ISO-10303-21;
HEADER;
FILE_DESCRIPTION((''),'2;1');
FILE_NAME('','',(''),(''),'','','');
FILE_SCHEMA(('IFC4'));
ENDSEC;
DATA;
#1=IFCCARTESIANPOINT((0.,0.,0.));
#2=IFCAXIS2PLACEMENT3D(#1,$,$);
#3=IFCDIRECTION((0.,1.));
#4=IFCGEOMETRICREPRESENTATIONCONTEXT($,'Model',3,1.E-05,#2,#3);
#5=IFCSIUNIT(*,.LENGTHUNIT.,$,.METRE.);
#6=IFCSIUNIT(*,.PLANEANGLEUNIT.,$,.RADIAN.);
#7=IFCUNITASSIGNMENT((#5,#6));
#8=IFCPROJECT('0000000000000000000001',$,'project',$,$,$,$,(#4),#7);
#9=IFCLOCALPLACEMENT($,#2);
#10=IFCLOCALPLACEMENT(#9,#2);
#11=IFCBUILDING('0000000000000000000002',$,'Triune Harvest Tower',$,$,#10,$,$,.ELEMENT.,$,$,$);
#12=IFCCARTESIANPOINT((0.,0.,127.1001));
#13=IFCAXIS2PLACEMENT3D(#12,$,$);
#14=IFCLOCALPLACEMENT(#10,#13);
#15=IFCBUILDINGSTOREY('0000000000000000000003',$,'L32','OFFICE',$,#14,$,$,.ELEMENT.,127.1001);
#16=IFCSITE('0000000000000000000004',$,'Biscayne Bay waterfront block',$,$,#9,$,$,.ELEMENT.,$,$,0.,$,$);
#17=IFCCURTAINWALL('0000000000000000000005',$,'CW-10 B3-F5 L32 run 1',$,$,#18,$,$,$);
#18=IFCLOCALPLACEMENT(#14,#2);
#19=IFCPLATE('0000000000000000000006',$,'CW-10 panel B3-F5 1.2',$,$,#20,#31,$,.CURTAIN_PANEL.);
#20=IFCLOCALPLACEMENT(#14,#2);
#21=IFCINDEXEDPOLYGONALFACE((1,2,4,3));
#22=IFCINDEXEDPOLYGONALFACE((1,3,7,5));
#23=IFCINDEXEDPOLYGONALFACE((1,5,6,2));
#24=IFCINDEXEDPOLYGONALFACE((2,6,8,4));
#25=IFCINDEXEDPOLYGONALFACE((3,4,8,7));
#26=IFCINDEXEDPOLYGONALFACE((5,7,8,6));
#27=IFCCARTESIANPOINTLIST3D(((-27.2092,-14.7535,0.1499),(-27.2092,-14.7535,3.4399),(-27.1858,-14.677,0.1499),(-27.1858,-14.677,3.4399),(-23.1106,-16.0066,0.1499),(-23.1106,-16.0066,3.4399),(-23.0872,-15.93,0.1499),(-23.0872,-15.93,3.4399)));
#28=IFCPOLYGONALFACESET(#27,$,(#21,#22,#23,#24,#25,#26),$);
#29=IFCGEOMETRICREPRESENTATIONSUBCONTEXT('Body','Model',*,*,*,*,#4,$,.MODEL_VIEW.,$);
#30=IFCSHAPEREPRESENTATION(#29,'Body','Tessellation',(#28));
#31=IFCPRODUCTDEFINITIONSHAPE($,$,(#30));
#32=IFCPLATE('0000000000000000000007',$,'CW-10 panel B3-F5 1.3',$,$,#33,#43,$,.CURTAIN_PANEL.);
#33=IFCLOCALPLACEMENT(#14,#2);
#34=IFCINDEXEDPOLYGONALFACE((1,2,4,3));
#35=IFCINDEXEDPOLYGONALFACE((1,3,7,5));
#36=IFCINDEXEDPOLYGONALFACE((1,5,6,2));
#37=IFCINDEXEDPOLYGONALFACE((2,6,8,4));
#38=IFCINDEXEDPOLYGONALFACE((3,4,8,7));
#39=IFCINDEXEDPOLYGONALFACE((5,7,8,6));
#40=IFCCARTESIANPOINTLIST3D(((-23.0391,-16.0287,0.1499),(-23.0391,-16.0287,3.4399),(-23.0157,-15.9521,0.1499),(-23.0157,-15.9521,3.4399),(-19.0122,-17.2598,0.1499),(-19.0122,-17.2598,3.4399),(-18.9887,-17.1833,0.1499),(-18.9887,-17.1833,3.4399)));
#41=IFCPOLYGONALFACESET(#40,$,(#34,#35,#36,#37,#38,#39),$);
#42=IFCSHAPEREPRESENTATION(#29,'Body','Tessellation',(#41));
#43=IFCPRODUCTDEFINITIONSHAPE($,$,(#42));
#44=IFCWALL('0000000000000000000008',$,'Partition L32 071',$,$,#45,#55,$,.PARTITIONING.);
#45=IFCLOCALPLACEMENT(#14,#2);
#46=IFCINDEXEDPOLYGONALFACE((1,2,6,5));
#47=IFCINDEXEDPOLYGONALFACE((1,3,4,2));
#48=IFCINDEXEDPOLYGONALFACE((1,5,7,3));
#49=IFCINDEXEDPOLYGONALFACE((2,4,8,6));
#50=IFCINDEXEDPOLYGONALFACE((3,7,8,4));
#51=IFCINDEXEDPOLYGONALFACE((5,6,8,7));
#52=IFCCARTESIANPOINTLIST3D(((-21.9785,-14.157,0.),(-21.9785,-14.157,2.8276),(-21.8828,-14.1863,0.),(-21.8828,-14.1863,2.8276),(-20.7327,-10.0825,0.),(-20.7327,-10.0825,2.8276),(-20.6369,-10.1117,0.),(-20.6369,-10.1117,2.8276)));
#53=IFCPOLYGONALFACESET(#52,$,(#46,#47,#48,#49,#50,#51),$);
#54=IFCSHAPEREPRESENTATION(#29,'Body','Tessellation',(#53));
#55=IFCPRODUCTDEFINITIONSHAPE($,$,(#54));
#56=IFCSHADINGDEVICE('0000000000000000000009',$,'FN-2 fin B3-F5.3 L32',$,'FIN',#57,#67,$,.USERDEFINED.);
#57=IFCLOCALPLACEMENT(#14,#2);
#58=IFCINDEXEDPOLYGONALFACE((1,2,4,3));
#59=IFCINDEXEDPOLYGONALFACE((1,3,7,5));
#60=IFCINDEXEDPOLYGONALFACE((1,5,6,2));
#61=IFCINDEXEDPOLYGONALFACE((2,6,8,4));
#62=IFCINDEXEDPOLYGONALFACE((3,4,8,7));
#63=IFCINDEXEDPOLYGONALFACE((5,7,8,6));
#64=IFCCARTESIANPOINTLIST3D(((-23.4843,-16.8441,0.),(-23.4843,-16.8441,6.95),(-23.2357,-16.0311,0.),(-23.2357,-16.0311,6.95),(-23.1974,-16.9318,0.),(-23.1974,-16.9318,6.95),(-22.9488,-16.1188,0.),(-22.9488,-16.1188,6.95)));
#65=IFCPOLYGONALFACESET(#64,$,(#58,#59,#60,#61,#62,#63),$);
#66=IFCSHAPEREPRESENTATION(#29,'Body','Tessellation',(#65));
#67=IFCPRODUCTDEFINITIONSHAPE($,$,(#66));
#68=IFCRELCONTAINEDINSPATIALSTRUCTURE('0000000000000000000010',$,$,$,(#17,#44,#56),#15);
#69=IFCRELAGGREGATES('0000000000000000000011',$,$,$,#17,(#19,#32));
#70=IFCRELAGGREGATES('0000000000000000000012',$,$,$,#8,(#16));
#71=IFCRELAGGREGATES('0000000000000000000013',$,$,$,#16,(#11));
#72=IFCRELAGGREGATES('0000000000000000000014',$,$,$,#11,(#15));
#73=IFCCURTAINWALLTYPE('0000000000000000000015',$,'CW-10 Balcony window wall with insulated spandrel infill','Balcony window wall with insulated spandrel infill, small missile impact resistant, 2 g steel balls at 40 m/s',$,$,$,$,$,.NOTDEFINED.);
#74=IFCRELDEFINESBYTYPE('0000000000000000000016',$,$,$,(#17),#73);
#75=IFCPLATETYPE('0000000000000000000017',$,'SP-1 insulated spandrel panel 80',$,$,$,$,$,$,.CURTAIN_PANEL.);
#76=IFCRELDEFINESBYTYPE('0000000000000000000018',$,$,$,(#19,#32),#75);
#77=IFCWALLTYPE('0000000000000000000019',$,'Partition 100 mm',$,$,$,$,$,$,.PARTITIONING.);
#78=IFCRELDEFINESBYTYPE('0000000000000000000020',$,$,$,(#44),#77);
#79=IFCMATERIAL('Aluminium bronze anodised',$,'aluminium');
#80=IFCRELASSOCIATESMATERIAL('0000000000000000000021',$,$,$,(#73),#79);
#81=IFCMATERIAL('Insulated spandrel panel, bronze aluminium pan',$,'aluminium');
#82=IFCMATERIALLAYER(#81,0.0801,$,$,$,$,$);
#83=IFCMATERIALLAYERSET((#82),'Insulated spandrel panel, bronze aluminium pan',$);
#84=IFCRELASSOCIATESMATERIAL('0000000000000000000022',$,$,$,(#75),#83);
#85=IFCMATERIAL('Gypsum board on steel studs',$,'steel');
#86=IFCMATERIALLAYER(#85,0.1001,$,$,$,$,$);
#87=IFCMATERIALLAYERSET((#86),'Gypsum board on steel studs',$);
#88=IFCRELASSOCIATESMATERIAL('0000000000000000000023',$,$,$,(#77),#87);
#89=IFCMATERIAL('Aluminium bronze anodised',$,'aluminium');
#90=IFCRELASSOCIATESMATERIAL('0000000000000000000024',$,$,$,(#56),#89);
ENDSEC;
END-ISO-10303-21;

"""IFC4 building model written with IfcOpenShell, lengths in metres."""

from ifc_helpers import new_model, si_unit, direction, frame, frame_2d, origin, origin_2d, place, context, subcontext, project, spatial, rectangle, extrude, source, transform, mapped, material, layer, layer_set, type_object, element, aggregate, save


model = new_model("IFC4")

# Units and contexts
model_context = context("Model", 3, precision=1e-05, world=origin(), true_north=direction((0.0, 1.0)))
body_context = subcontext(model_context, "Body", "Model", "MODEL_VIEW")
ifc_project = project(units=[si_unit("LENGTHUNIT", "METRE"), si_unit("PLANEANGLEUNIT", "RADIAN")], contexts=[model_context])

# Site, building, storey
site_placement = place(None, origin())
site = spatial("IfcSite", under=ifc_project, at=site_placement, Name="Biscayne Bay waterfront block", CompositionType="ELEMENT", RefElevation=0.0)
building_placement = place(site_placement, origin())
building = spatial("IfcBuilding", under=site, at=building_placement, Name="Triune Harvest Tower", CompositionType="ELEMENT")
storey_placement = place(building_placement, frame((0.0, 0.0, 127.1001)))
storey = spatial("IfcBuildingStorey", under=building, at=storey_placement, Name="L32", Description="OFFICE", CompositionType="ELEMENT", Elevation=127.1001)

# Curtain wall
ifc_material_1 = material(Name="Aluminium bronze anodised", Category="aluminium")
curtain_wall_type = type_object("IfcCurtainWallType", Name="CW-10 Balcony window wall with insulated spandrel infill", Description="Balcony window wall with insulated spandrel infill, small missile impact resistant, 2 g steel balls at 40 m/s", PredefinedType="NOTDEFINED", material=ifc_material_1)
curtain_wall_placement = place(storey_placement, origin())
curtain_wall = element("IfcCurtainWall", 1, at=curtain_wall_placement, inside=storey, type_object=curtain_wall_type, Name="CW-10 B3-F5 L32 run 1")

# Plates
ifc_material_2 = material(Name="Insulated spandrel panel, bronze aluminium pan", Category="aluminium")
ifc_layer_1 = layer(ifc_material_2, 0.0801)
ifc_layer_set_1 = layer_set([ifc_layer_1], Name="Insulated spandrel panel, bronze aluminium pan")
plate_type = type_object("IfcPlateType", Name="SP-1 insulated spandrel panel 80", PredefinedType="CURTAIN_PANEL", material=ifc_layer_set_1)
shared_shape_1 = source(origin(), body_context, "Body", "SweptSolid", [
    extrude(rectangle(XDim=4.2859, YDim=0.0801, at=origin_2d()), origin(), (0.0, 0.0, 1.0), 3.29),
])
plate_1_placement = place(storey_placement, frame((-25.1482, -15.3418, 0.1499), z_axis=(0.0, 0.0, 1.0), x_axis=(0.956304, -0.292373, 0.0)))
plate_1 = element("IfcPlate", 2, at=plate_1_placement, type_object=plate_type, Name="CW-10 panel B3-F5 1.2", PredefinedType="CURTAIN_PANEL", context=body_context, shape_type="MappedRepresentation", body=[
    mapped(shared_shape_1, transform((0.0, 0.0, 0.0), scale=1.0)),
])
shared_shape_2 = source(origin(), body_context, "Body", "SweptSolid", [
    extrude(rectangle(XDim=4.2109, YDim=0.0801, at=origin_2d()), origin(), (0.0, 0.0, 1.0), 3.29),
])
plate_2_placement = place(storey_placement, frame((-21.0139, -16.606, 0.1499), z_axis=(0.0, 0.0, 1.0), x_axis=(0.956304, -0.292373, 0.0)))
plate_2 = element("IfcPlate", 3, at=plate_2_placement, type_object=plate_type, Name="CW-10 panel B3-F5 1.3", PredefinedType="CURTAIN_PANEL", context=body_context, shape_type="MappedRepresentation", body=[
    mapped(shared_shape_2, transform((0.0, 0.0, 0.0), scale=1.0)),
])
aggregate(curtain_wall, [plate_1, plate_2])

# Wall
ifc_material_3 = material(Name="Gypsum board on steel studs", Category="steel")
ifc_layer_2 = layer(ifc_material_3, 0.1001)
ifc_layer_set_2 = layer_set([ifc_layer_2], Name="Gypsum board on steel studs")
wall_type = type_object("IfcWallType", Name="Partition 100 mm", PredefinedType="PARTITIONING", material=ifc_layer_set_2)
wall_placement = place(storey_placement, frame((-21.9307, -14.1716, 0.0), z_axis=(0.0, 0.0, 1.0), x_axis=(0.292406, 0.956294, 0.0)))
element("IfcWall", 4, at=wall_placement, inside=storey, type_object=wall_type, Name="Partition L32 071", PredefinedType="PARTITIONING", context=body_context, shape_type="SweptSolid", body=[
    extrude(rectangle(XDim=4.2607, YDim=0.1001, at=frame_2d((2.1304, 0.0))), origin(), (0.0, 0.0, 1.0), 2.8276),
])

# Shading device
ifc_material_4 = material(Name="Aluminium bronze anodised", Category="aluminium")
shared_shape_3 = source(origin(), body_context, "Body", "SweptSolid", [
    extrude(rectangle(XDim=0.3, YDim=0.8501, at=origin_2d()), origin(), (0.0, 0.0, 1.0), 6.95),
])
shading_device_placement = place(storey_placement, frame((-23.2166, -16.4814, 0.0), z_axis=(0.0, 0.0, 1.0), x_axis=(0.956304, -0.292373, 0.0)))
element("IfcShadingDevice", 5, at=shading_device_placement, inside=storey, material=ifc_material_4, Name="FN-2 fin B3-F5.3 L32", ObjectType="FIN", PredefinedType="USERDEFINED", context=body_context, shape_type="MappedRepresentation", body=[
    mapped(shared_shape_3, transform((0.0, 0.0, 0.0), scale=1.0)),
])

save(model, "model.ifc")
